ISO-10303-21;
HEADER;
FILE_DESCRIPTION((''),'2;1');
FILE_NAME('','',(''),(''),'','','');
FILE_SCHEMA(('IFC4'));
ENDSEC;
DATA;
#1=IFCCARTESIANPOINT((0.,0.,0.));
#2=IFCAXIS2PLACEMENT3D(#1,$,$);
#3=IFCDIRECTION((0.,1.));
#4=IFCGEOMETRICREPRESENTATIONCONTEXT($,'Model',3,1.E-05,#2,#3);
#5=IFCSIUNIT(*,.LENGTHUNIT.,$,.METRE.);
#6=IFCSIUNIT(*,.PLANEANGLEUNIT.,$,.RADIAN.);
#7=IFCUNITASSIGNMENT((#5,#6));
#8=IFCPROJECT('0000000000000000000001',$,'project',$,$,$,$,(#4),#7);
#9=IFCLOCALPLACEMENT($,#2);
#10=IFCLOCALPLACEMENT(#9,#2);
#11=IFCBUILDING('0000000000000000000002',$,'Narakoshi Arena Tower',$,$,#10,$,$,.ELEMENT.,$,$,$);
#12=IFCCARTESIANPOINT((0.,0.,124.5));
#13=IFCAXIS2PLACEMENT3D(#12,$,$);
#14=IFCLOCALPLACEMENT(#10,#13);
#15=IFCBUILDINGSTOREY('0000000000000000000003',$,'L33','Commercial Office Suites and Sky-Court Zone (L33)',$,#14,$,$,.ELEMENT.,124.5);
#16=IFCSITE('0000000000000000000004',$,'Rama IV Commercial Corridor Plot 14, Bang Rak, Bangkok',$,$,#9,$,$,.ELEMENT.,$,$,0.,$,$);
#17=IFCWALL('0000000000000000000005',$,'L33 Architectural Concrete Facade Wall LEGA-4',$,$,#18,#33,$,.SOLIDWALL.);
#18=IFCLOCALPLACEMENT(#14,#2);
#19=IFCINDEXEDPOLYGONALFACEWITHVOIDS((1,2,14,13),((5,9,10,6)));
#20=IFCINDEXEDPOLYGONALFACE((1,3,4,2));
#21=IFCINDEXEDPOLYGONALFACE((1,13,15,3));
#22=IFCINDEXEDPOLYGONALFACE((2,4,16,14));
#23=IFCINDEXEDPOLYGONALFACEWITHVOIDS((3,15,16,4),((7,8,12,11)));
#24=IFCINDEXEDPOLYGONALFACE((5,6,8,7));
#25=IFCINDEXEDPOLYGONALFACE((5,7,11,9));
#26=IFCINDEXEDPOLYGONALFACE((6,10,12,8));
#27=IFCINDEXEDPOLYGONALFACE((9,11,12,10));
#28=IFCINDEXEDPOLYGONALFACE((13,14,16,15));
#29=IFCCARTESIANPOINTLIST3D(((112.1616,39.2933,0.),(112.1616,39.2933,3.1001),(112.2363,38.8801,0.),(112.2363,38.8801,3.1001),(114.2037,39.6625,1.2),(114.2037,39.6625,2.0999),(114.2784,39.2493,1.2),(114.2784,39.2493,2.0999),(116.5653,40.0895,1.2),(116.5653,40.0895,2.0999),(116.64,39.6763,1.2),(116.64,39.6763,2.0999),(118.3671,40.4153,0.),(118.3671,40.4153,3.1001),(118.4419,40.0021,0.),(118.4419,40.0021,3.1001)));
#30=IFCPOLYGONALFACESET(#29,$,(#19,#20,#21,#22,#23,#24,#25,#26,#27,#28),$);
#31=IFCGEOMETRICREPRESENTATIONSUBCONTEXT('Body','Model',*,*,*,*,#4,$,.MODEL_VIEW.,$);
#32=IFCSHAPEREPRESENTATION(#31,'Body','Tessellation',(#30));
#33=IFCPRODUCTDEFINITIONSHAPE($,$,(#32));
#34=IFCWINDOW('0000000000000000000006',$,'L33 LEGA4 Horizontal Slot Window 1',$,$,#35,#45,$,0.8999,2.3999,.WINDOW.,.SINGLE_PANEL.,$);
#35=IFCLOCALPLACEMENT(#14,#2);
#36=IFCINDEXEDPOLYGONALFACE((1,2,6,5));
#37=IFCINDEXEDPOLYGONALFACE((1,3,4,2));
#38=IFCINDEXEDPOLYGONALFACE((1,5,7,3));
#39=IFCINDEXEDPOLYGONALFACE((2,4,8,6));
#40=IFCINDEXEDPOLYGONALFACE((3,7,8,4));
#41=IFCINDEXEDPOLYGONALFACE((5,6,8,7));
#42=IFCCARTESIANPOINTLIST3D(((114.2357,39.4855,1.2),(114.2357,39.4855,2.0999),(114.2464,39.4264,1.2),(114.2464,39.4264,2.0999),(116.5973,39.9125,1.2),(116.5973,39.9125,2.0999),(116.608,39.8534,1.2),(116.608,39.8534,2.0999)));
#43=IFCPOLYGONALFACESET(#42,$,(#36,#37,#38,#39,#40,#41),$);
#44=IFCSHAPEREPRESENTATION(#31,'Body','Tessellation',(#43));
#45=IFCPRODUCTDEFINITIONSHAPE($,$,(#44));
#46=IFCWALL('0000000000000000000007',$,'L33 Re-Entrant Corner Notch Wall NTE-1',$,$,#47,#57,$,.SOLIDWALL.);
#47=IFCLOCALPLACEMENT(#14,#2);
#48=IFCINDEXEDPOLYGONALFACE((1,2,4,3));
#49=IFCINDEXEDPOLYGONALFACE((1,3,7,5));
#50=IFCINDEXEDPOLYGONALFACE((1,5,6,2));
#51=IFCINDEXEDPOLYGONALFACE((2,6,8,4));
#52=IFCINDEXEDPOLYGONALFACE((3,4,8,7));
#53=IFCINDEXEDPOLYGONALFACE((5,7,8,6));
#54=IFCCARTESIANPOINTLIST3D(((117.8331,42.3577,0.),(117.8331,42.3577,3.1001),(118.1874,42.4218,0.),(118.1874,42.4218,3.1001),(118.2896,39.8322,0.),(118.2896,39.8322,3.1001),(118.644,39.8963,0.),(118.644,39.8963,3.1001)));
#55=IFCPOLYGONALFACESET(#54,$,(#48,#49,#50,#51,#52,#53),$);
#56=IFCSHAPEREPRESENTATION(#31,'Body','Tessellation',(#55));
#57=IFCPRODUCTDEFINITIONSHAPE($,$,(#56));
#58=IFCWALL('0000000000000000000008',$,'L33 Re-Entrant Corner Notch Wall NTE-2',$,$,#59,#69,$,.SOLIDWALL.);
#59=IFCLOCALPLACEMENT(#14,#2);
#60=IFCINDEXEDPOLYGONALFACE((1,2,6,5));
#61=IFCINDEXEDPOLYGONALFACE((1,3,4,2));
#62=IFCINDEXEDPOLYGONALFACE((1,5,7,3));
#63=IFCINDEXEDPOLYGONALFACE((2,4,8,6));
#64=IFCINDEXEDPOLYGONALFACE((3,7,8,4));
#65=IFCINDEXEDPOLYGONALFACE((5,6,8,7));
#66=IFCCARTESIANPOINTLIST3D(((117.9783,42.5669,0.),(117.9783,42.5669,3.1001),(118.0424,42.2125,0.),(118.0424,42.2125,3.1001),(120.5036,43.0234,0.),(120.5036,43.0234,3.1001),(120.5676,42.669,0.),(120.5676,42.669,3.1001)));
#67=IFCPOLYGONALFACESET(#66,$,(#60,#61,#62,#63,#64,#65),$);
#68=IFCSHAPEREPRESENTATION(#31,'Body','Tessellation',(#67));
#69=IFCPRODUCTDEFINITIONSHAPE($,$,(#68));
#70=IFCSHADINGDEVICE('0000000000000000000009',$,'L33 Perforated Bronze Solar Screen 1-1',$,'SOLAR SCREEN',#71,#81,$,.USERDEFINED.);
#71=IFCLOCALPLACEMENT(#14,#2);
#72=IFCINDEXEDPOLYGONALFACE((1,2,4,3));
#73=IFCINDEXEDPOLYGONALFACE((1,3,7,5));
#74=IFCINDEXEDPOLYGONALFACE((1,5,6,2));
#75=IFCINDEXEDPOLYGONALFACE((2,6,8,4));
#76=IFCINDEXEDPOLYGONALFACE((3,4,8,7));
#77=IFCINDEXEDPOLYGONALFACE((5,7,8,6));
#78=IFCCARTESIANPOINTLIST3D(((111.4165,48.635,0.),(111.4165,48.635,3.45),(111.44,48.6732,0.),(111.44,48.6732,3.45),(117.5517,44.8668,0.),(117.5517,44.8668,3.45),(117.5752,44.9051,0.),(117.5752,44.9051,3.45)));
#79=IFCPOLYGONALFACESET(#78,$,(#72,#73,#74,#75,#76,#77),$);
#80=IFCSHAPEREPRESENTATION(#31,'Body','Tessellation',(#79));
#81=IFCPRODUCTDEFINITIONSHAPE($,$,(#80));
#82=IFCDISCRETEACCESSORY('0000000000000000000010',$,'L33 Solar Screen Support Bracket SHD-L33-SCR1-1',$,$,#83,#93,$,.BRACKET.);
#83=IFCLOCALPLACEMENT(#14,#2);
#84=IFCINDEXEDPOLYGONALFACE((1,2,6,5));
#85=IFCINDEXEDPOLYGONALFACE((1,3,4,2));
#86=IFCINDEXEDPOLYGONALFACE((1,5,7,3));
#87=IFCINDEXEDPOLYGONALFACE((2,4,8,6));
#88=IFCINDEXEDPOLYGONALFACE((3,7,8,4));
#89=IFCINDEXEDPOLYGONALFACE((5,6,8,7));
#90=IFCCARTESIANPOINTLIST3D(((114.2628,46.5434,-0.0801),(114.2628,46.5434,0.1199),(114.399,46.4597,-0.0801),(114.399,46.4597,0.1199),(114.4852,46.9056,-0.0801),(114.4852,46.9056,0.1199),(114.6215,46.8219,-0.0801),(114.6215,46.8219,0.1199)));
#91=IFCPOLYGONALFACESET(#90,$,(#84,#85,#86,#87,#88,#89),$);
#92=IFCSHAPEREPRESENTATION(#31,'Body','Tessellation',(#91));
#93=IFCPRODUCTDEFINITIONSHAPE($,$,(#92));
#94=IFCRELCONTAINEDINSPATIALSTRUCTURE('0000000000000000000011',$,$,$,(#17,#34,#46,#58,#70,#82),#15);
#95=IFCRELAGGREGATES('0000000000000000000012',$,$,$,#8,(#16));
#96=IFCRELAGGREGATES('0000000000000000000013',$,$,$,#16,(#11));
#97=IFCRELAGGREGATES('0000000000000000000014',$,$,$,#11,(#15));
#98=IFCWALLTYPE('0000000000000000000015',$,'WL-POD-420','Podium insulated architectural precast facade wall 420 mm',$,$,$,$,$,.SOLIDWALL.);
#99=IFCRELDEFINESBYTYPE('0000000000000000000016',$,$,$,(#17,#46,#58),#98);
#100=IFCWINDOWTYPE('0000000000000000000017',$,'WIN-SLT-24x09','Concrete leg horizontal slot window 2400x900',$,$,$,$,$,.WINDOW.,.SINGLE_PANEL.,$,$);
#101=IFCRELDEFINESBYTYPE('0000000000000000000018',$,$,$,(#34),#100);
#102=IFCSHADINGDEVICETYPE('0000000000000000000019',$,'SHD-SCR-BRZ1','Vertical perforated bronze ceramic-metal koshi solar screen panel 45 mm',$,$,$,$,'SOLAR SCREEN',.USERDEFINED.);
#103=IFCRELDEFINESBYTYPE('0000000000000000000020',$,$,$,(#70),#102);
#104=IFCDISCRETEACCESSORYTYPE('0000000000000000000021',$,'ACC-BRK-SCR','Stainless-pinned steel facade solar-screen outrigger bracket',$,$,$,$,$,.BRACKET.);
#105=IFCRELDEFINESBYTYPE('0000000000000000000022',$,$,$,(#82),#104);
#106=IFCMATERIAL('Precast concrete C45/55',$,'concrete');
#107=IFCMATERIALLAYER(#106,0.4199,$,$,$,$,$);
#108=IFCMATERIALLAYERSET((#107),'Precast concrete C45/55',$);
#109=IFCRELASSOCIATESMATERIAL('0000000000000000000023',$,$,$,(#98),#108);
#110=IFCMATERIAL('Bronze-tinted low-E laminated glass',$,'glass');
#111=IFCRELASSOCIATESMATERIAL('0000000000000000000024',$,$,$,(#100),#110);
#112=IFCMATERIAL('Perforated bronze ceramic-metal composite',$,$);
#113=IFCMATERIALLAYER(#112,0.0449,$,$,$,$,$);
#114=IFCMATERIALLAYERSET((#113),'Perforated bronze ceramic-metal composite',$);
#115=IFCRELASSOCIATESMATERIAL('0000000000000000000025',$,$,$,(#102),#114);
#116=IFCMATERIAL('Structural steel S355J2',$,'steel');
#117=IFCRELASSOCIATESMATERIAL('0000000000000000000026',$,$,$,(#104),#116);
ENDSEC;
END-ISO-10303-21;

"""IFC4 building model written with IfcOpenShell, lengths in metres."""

from ifc_helpers import new_model, si_unit, direction, frame, frame_2d, origin, origin_2d, place, context, subcontext, project, spatial, rectangle, extrude, material, layer, layer_set, type_object, element, fill, save


model = new_model("IFC4")

# Units and contexts
model_context = context("Model", 3, precision=1e-05, world=origin(), true_north=direction((0.0, 1.0)))
body_context = subcontext(model_context, "Body", "Model", "MODEL_VIEW")
ifc_project = project(units=[si_unit("LENGTHUNIT", "METRE"), si_unit("PLANEANGLEUNIT", "RADIAN")], contexts=[model_context])

# Site, building, storey
site_placement = place(None, origin())
site = spatial("IfcSite", under=ifc_project, at=site_placement, Name="Rama IV Commercial Corridor Plot 14, Bang Rak, Bangkok", CompositionType="ELEMENT", RefElevation=0.0)
building_placement = place(site_placement, origin())
building = spatial("IfcBuilding", under=site, at=building_placement, Name="Narakoshi Arena Tower", CompositionType="ELEMENT")
storey_placement = place(building_placement, frame((0.0, 0.0, 124.5)))
storey = spatial("IfcBuildingStorey", under=building, at=storey_placement, Name="L33", Description="Commercial Office Suites and Sky-Court Zone (L33)", CompositionType="ELEMENT", Elevation=124.5)

# Shared definitions
ifc_material_1 = material(Name="Structural steel S355J2", Category="steel")

# Shared definitions
ifc_material_2 = material(Name="Bronze-tinted low-E laminated glass", Category="glass")

# Shared definitions
ifc_material_3 = material(Name="Precast concrete C45/55", Category="concrete")

# Wall, opening, window
ifc_layer_1 = layer(ifc_material_3, 0.4199)
ifc_layer_set_1 = layer_set([ifc_layer_1], Name="Precast concrete C45/55")
wall_type_1 = type_object("IfcWallType", Name="WL-POD-420", Description="Podium insulated architectural precast facade wall 420 mm", PredefinedType="SOLIDWALL", material=ifc_layer_set_1)
wall_1_placement = place(storey_placement, frame((112.199, 39.0867, 0.0), z_axis=(0.0, 0.0, 1.0), x_axis=(0.984043, 0.177931, 0.0)))
wall_1 = element("IfcWall", 1, at=wall_1_placement, inside=storey, type_object=wall_type_1, Name="L33 Architectural Concrete Facade Wall LEGA-4", PredefinedType="SOLIDWALL", context=body_context, shape_type="SweptSolid", body=[
    extrude(rectangle(XDim=6.3062, YDim=0.4199, at=frame_2d((3.1531, 0.0))), origin(), (0.0, 0.0, 1.0), 3.1001),
])
opening_placement = place(wall_1_placement, frame((2.0752, 0.0, 1.2)))
opening = element("IfcOpeningElement", 2, at=opening_placement, cuts=wall_1, PredefinedType="OPENING", context=body_context, shape_type="SweptSolid", body=[
    extrude(rectangle(XDim=2.3999, YDim=0.8999, at=frame_2d((1.2, 0.45))), frame((0.0, 0.22, 0.0), z_axis=(0.0, -1.0, 0.0), x_axis=(1.0, 0.0, 0.0)), (0.0, 0.0, 1.0), 0.4399),
])
window_type = type_object("IfcWindowType", Name="WIN-SLT-24x09", Description="Concrete leg horizontal slot window 2400x900", PartitioningType="SINGLE_PANEL", PredefinedType="WINDOW", material=ifc_material_2)
window_placement = place(opening_placement, origin())
window = element("IfcWindow", 3, at=window_placement, inside=storey, type_object=window_type, Name="L33 LEGA4 Horizontal Slot Window 1", OverallHeight=0.8999, OverallWidth=2.3999, PartitioningType="SINGLE_PANEL", PredefinedType="WINDOW", context=body_context, shape_type="SweptSolid", body=[
    extrude(rectangle(XDim=2.3999, YDim=0.8999, at=frame_2d((1.2, 0.45))), frame((0.0, 0.03, 0.0), z_axis=(0.0, -1.0, 0.0), x_axis=(1.0, 0.0, 0.0)), (0.0, 0.0, 1.0), 0.0601),
])
fill(opening, window)

# Walls
wall_2_placement = place(storey_placement, frame((118.4668, 39.8643, 0.0), z_axis=(0.0, 0.0, 1.0), x_axis=(-0.177897, 0.984049, 0.0)))
element("IfcWall", 4, at=wall_2_placement, inside=storey, type_object=wall_type_1, Name="L33 Re-Entrant Corner Notch Wall NTE-1", PredefinedType="SOLIDWALL", context=body_context, shape_type="SweptSolid", body=[
    extrude(rectangle(XDim=2.5664, YDim=0.3601, at=frame_2d((1.2832, 0.0))), origin(), (0.0, 0.0, 1.0), 3.1001),
])
wall_3_placement = place(storey_placement, frame((118.0103, 42.3896, 0.0), z_axis=(0.0, 0.0, 1.0), x_axis=(0.984046, 0.177914, 0.0)))
element("IfcWall", 5, at=wall_3_placement, inside=storey, type_object=wall_type_1, Name="L33 Re-Entrant Corner Notch Wall NTE-2", PredefinedType="SOLIDWALL", context=body_context, shape_type="SweptSolid", body=[
    extrude(rectangle(XDim=2.5662, YDim=0.3601, at=frame_2d((1.2832, 0.0))), origin(), (0.0, 0.0, 1.0), 3.1001),
])

# Shading device
ifc_material_4 = material(Name="Perforated bronze ceramic-metal composite")
ifc_layer_2 = layer(ifc_material_4, 0.0449)
ifc_layer_set_2 = layer_set([ifc_layer_2], Name="Perforated bronze ceramic-metal composite")
shading_device_type = type_object("IfcShadingDeviceType", Name="SHD-SCR-BRZ1", Description="Vertical perforated bronze ceramic-metal koshi solar screen panel 45 mm", ElementType="SOLAR SCREEN", PredefinedType="USERDEFINED", material=ifc_layer_set_2)
shading_device_placement = place(storey_placement, frame((114.4958, 46.77, 0.0), z_axis=(0.0, 0.0, 1.0), x_axis=(-0.852111, 0.523361, 0.0)))
element("IfcShadingDevice", 6, at=shading_device_placement, inside=storey, type_object=shading_device_type, Name="L33 Perforated Bronze Solar Screen 1-1", ObjectType="SOLAR SCREEN", PredefinedType="USERDEFINED", context=body_context, shape_type="SweptSolid", body=[
    extrude(rectangle(XDim=7.2, YDim=0.0449, at=origin_2d()), origin(), (0.0, 0.0, 1.0), 3.45),
])

# Discrete accessory
discrete_accessory_type = type_object("IfcDiscreteAccessoryType", Name="ACC-BRK-SCR", Description="Stainless-pinned steel facade solar-screen outrigger bracket", PredefinedType="BRACKET", material=ifc_material_1)
discrete_accessory_placement = place(storey_placement, frame((114.4421, 46.6826, -0.0801), z_axis=(0.0, 0.0, 1.0), x_axis=(-0.852111, 0.523361, 0.0)))
element("IfcDiscreteAccessory", 7, at=discrete_accessory_placement, inside=storey, type_object=discrete_accessory_type, Name="L33 Solar Screen Support Bracket SHD-L33-SCR1-1", PredefinedType="BRACKET", context=body_context, shape_type="SweptSolid", body=[
    extrude(rectangle(XDim=0.1599, YDim=0.425, at=origin_2d()), origin(), (0.0, 0.0, 1.0), 0.2),
])

save(model, "model.ifc")
